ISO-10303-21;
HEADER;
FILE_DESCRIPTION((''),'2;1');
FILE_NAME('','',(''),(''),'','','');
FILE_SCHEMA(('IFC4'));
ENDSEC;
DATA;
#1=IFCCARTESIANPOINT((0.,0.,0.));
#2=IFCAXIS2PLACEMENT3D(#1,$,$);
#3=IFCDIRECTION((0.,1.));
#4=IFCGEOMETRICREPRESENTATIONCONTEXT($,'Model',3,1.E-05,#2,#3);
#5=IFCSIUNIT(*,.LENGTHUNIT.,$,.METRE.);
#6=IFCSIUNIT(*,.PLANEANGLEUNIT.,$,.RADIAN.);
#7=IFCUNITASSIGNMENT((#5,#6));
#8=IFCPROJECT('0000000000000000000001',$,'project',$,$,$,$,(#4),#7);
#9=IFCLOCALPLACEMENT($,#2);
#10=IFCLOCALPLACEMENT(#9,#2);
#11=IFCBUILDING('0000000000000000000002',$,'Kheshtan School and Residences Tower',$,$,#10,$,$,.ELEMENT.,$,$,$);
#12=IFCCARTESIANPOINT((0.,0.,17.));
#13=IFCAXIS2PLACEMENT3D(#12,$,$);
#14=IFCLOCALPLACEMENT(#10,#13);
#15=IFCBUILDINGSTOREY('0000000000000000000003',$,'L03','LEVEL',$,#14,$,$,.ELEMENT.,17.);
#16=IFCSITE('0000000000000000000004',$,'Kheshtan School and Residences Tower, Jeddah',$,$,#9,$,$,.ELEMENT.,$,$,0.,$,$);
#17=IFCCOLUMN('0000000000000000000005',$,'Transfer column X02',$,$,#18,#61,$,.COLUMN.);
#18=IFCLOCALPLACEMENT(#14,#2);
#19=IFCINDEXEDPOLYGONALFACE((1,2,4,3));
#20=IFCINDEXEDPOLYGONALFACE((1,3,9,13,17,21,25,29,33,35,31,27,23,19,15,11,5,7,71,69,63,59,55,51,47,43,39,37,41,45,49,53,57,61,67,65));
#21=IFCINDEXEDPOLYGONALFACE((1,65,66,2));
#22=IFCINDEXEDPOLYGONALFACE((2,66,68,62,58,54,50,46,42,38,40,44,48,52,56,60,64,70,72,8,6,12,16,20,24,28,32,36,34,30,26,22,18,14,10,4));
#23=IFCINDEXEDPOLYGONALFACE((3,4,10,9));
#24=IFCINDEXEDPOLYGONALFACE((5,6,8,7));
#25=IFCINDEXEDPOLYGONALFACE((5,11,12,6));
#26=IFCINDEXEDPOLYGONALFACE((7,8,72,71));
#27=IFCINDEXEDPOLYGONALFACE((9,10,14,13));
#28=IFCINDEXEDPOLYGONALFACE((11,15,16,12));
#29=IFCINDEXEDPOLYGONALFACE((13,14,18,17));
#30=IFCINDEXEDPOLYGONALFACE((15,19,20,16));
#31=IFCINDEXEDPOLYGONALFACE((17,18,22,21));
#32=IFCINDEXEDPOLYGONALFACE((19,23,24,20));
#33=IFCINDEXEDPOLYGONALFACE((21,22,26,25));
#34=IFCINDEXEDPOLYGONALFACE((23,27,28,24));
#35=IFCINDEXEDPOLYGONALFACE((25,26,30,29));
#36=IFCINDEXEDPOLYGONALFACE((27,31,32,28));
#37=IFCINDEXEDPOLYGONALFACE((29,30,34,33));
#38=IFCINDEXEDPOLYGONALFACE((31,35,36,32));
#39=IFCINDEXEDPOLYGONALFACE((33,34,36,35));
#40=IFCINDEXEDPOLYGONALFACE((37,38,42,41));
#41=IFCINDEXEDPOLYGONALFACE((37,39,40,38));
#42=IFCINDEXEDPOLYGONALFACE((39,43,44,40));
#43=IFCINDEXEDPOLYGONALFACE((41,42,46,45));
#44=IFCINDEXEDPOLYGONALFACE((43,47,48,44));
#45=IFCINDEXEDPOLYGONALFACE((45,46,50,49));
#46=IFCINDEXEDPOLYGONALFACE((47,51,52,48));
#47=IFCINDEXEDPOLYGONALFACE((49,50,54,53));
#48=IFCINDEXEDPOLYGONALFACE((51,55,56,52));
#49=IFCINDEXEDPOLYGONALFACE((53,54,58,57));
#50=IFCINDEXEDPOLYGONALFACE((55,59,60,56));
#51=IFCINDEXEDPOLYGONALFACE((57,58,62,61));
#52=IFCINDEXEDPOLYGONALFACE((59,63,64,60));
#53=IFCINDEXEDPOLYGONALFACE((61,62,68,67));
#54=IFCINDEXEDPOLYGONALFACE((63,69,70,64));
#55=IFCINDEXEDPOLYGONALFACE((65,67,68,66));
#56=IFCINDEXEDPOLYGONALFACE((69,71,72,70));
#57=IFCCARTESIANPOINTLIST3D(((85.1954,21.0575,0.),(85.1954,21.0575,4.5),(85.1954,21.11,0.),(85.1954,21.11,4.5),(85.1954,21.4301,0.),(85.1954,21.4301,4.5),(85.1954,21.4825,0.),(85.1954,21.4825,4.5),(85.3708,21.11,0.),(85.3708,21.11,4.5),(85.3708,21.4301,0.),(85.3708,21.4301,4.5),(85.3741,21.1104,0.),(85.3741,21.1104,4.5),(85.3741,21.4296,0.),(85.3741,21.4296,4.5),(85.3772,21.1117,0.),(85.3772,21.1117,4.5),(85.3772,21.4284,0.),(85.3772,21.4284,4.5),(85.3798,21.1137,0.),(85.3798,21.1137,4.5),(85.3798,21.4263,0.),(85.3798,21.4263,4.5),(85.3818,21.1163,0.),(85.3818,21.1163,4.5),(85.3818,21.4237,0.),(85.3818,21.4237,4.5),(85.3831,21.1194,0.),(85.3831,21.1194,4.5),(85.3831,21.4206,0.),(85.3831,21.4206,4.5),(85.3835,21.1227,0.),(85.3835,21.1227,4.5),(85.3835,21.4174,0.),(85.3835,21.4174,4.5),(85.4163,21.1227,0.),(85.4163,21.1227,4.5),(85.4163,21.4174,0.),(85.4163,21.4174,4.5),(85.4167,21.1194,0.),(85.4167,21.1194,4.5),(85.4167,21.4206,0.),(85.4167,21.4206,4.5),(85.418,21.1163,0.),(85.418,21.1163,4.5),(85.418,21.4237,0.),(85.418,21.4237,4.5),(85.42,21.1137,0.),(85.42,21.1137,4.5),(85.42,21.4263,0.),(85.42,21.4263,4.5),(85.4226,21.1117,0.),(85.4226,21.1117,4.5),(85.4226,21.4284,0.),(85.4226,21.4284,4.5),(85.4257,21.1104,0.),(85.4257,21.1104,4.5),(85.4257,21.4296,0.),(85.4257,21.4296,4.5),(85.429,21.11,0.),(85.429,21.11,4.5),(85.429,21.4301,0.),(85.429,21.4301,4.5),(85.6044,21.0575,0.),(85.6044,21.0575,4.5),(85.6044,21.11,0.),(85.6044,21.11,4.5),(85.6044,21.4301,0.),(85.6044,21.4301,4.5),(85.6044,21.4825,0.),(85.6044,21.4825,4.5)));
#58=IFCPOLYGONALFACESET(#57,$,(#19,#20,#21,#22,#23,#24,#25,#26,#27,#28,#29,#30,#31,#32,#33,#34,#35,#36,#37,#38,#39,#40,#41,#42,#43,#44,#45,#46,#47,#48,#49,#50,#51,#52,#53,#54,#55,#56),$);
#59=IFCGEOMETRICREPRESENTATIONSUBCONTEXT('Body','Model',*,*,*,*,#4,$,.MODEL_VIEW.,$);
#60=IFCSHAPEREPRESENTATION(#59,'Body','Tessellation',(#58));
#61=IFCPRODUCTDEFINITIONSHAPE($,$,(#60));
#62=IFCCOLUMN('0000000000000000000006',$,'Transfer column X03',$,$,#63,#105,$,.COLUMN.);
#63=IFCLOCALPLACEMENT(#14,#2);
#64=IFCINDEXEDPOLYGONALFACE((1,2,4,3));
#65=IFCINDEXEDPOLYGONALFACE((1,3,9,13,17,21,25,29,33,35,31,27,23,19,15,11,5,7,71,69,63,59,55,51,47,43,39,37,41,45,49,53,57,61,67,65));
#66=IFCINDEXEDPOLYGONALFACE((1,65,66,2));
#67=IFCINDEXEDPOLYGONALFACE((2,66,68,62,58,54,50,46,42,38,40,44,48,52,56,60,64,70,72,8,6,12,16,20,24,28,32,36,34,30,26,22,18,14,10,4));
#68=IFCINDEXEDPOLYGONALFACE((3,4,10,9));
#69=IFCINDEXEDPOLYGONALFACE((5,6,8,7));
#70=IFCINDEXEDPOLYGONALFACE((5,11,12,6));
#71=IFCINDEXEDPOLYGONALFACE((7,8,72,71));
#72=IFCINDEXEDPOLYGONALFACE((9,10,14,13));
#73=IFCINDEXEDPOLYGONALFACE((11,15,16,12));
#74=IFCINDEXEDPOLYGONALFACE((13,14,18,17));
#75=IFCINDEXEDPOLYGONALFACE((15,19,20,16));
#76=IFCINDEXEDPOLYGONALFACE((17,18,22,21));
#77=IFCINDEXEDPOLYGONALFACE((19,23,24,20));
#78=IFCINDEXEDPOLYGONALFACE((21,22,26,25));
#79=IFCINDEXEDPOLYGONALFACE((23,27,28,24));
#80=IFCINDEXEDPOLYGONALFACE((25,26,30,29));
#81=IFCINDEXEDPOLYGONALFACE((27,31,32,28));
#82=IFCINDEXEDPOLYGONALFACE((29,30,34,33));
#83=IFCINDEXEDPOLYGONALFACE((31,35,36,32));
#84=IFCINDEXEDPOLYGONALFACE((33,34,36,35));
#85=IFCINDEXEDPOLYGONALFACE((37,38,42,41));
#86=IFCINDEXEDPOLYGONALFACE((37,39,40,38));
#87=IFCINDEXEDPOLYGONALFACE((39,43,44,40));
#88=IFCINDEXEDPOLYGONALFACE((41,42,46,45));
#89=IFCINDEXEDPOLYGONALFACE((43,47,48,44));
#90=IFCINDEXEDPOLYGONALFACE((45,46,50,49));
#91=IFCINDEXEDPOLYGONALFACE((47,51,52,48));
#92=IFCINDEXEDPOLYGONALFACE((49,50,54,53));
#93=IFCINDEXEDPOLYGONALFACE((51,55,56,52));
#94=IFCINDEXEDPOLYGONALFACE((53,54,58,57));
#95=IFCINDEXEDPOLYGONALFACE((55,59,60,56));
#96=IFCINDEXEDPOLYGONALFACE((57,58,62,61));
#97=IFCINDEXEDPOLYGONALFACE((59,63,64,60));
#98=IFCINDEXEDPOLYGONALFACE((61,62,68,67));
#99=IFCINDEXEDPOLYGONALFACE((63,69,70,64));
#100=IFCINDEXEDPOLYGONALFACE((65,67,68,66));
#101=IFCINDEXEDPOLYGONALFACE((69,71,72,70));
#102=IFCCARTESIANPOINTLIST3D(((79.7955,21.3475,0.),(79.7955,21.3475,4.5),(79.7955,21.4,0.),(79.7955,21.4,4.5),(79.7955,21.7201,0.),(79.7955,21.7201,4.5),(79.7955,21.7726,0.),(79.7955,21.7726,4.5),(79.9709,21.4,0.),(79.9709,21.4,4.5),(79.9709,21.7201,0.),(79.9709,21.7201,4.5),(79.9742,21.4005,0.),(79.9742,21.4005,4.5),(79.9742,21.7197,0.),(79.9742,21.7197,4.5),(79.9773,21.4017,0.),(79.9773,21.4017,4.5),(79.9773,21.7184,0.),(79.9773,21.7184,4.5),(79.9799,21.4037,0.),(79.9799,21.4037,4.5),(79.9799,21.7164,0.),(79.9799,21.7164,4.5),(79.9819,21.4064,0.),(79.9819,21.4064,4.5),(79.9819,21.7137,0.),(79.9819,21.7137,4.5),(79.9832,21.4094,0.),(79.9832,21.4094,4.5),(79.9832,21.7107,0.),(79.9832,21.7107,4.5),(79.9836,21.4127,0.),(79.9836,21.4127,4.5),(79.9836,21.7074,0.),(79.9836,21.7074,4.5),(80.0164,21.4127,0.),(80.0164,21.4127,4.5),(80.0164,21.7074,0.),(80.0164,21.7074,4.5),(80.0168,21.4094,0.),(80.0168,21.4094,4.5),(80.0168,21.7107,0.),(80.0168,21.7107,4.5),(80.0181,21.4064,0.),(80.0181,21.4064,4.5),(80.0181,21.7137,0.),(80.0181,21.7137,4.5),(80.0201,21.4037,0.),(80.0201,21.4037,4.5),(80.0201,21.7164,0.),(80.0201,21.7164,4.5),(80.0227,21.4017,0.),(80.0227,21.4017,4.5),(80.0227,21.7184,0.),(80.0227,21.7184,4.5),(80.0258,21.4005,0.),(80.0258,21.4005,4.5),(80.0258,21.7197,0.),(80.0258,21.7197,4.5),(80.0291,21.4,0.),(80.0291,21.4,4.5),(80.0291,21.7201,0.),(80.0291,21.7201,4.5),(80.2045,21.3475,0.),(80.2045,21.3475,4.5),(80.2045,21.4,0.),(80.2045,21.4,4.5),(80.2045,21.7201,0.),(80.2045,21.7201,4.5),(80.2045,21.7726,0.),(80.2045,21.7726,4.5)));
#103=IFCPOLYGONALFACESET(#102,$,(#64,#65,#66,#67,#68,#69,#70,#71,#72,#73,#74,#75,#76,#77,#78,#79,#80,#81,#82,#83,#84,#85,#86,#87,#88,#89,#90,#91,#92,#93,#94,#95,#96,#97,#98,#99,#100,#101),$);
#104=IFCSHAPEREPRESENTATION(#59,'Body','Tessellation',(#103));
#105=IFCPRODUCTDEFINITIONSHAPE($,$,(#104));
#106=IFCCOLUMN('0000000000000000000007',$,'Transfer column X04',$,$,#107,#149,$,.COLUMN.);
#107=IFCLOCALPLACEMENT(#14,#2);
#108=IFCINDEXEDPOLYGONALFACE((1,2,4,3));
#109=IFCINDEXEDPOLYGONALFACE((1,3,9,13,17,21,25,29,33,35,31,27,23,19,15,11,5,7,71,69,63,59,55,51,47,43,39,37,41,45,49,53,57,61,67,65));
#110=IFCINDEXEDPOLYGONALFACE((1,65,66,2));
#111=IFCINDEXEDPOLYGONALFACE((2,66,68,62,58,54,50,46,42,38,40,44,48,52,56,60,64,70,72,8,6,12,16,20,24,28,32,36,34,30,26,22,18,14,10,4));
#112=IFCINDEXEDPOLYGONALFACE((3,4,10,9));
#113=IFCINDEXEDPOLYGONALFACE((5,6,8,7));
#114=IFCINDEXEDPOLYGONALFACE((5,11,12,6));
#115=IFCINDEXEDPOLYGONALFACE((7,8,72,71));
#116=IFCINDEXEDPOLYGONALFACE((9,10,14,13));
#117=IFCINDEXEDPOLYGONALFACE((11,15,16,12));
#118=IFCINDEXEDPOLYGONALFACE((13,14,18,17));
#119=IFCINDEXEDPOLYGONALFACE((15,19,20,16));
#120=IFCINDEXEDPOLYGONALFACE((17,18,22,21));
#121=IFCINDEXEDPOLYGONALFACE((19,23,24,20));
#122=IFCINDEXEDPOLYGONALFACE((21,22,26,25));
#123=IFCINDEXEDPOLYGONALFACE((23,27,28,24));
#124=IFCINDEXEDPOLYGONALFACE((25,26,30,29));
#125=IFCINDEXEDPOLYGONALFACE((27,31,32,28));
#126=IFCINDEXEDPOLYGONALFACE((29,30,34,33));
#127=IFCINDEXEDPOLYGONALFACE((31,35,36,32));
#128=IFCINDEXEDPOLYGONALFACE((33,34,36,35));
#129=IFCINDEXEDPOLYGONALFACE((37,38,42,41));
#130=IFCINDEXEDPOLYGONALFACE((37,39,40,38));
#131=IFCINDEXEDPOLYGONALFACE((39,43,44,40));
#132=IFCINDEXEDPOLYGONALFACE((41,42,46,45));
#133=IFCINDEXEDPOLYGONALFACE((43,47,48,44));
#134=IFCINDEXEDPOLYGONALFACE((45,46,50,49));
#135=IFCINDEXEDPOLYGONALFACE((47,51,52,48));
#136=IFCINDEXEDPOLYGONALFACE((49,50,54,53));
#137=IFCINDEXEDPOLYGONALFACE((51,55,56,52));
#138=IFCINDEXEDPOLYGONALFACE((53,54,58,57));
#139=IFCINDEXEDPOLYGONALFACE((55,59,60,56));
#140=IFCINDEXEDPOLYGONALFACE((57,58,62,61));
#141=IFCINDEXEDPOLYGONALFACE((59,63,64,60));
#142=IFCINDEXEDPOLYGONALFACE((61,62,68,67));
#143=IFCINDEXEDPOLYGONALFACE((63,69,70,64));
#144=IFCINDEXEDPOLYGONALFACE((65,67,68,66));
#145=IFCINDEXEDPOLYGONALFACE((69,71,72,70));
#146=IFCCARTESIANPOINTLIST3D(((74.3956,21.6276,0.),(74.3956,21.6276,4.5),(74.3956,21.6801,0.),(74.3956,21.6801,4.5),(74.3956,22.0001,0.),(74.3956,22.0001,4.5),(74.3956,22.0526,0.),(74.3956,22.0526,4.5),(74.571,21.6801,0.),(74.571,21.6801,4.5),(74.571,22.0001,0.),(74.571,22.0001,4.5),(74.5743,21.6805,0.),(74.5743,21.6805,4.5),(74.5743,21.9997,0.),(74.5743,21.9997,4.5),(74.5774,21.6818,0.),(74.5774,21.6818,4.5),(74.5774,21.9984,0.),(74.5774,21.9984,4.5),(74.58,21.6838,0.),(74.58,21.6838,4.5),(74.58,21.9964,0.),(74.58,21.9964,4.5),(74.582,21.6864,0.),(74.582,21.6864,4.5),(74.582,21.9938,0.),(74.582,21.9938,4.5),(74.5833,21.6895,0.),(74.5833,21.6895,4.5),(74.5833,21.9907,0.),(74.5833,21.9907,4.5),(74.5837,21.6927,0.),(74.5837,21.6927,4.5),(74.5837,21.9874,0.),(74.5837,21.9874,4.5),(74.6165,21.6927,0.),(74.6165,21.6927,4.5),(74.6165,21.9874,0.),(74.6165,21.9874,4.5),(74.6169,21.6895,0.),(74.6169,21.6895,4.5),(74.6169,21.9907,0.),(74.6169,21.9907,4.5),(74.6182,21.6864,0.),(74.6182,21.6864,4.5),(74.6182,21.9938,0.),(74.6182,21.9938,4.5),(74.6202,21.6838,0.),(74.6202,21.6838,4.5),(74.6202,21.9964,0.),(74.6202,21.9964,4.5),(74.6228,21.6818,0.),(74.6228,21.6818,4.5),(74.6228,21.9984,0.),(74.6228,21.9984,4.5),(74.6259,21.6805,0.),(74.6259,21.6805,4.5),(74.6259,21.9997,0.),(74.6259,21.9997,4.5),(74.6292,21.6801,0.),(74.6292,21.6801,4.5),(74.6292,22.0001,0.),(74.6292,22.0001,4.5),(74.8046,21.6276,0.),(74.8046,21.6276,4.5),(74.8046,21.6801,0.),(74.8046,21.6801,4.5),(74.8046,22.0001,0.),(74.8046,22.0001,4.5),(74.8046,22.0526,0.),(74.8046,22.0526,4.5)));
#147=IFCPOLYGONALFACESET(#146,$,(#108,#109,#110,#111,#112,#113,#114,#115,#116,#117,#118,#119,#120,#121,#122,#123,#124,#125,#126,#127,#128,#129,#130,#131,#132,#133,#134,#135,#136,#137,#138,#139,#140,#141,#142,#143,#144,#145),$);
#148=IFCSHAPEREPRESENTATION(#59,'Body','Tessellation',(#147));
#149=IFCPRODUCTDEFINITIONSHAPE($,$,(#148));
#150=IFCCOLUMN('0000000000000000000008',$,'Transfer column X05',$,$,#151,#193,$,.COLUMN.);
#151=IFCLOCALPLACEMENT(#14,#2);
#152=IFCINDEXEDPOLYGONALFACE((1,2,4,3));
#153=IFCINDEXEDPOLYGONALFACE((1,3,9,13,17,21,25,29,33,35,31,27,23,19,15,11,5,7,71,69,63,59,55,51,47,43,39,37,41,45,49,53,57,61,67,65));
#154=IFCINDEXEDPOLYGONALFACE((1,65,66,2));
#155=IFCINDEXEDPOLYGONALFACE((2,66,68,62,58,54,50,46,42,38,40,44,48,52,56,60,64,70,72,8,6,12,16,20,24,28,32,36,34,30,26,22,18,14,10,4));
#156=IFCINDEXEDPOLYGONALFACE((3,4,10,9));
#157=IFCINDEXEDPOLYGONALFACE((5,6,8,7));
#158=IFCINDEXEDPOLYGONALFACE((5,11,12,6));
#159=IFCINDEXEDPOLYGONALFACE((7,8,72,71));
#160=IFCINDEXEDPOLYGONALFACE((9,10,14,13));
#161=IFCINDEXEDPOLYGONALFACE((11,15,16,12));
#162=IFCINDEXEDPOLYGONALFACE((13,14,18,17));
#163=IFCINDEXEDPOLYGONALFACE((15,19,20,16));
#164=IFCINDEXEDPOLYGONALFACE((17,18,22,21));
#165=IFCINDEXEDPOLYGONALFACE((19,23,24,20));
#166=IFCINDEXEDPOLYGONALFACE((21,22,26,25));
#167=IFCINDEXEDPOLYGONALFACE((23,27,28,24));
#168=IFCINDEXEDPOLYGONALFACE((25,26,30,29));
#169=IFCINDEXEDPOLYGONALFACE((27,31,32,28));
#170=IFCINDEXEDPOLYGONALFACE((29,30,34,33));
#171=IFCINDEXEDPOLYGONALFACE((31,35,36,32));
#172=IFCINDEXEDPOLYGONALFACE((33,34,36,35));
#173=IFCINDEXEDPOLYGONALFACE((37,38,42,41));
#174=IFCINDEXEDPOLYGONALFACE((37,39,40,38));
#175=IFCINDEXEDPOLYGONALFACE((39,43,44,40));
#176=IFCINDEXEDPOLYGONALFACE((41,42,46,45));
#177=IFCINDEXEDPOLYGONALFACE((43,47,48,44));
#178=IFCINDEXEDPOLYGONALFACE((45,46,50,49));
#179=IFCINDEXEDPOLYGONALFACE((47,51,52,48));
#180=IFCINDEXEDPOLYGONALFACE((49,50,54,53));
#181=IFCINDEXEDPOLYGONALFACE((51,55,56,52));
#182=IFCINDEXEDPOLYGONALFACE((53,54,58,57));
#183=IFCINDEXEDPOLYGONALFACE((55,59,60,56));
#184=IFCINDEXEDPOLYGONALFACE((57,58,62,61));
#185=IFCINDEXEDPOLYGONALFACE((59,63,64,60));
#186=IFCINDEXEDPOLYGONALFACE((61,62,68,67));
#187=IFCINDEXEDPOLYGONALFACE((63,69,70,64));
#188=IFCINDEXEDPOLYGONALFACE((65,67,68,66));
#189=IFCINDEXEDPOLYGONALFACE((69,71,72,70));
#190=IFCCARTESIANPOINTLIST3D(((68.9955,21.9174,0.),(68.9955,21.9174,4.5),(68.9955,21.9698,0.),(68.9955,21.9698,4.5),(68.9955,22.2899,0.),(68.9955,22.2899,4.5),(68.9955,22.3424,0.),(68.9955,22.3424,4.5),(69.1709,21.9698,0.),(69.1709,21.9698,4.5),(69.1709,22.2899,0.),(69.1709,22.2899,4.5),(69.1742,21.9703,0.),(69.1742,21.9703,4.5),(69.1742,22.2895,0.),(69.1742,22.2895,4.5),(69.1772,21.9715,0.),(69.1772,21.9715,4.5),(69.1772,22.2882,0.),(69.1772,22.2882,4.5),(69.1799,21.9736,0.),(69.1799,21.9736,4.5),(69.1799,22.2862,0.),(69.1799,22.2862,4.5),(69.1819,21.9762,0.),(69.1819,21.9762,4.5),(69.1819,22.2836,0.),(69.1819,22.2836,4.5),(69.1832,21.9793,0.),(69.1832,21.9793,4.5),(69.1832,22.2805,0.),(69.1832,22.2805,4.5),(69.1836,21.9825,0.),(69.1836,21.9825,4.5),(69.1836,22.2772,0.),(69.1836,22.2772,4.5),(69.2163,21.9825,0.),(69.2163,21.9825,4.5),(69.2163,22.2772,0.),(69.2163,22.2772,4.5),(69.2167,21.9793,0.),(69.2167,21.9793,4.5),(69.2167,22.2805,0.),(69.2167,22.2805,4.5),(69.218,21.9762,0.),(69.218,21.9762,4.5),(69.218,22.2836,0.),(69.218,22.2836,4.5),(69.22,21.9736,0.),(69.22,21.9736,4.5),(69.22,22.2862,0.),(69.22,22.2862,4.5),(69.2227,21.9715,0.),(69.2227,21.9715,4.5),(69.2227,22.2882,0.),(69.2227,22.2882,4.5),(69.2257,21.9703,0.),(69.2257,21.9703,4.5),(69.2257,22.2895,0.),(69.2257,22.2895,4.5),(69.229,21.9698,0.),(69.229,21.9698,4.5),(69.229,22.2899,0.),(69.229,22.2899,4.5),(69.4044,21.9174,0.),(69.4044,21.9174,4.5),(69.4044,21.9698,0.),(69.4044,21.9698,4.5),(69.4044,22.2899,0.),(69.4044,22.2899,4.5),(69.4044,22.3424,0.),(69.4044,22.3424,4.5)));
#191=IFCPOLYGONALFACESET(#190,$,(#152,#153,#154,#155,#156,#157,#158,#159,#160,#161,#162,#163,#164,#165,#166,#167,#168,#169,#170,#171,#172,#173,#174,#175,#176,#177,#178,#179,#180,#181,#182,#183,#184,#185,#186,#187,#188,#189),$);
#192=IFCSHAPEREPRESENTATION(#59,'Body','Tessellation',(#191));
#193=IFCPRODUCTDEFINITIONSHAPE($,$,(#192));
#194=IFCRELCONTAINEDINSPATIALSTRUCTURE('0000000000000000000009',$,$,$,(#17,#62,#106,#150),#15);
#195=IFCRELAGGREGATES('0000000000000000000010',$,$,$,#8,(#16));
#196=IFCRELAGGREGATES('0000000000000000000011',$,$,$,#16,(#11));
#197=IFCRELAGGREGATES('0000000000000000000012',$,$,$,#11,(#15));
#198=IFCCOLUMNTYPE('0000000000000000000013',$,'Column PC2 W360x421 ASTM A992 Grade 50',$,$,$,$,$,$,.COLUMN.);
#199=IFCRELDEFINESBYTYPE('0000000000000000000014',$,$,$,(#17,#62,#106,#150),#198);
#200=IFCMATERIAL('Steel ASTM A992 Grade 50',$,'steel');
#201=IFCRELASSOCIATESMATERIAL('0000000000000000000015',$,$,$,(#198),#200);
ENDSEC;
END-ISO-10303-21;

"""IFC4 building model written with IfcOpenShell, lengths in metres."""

from ifc_helpers import new_model, si_unit, direction, frame, origin, origin_2d, place, context, subcontext, project, spatial, i_section, extrude, material, material_profile, profile_set, type_object, element, save


model = new_model("IFC4")

# Units and contexts
model_context = context("Model", 3, precision=1e-05, world=origin(), true_north=direction((0.0, 1.0)))
body_context = subcontext(model_context, "Body", "Model", "MODEL_VIEW")
ifc_project = project(units=[si_unit("LENGTHUNIT", "METRE"), si_unit("PLANEANGLEUNIT", "RADIAN")], contexts=[model_context])

# Site, building, storey
site_placement = place(None, origin())
site = spatial("IfcSite", under=ifc_project, at=site_placement, Name="Kheshtan School and Residences Tower, Jeddah", CompositionType="ELEMENT", RefElevation=0.0)
building_placement = place(site_placement, origin())
building = spatial("IfcBuilding", under=site, at=building_placement, Name="Kheshtan School and Residences Tower", CompositionType="ELEMENT")
storey_placement = place(building_placement, frame((0.0, 0.0, 17.0)))
storey = spatial("IfcBuildingStorey", under=building, at=storey_placement, Name="L03", Description="LEVEL", CompositionType="ELEMENT", Elevation=17.0)

# Columns
ifc_material_1 = material(Name="Steel ASTM A992 Grade 50", Category="steel")
ifc_material_profile_1 = material_profile(ifc_material_1, i_section(OverallWidth=0.4089, OverallDepth=0.425, WebThickness=0.0327, FlangeThickness=0.0525, FilletRadius=0.0127, at=origin_2d()), Name="W360x421")
ifc_profile_set_1 = profile_set([ifc_material_profile_1], Name="Steel ASTM A992 Grade 50")
column_type = type_object("IfcColumnType", Name="Column PC2 W360x421 ASTM A992 Grade 50", PredefinedType="COLUMN", material=ifc_profile_set_1)
for number, where, z_axis, x_axis, name in (
    (1, (85.3999, 21.27, 0.0), (0.0, 0.0, 1.0), (1.0, 0.0, 0.0), "Transfer column X02"),
    (2, (80.0, 21.5601, 0.0), (0.0, 0.0, 1.0), (1.0, 0.0, 0.0), "Transfer column X03"),
    (3, (74.6001, 21.8401, 0.0), (0.0, 0.0, 1.0), (1.0, 0.0, 0.0), "Transfer column X04"),
    (4, (69.2, 22.1299, 0.0), (0.0, 0.0, 1.0), (1.0, 0.0, 0.0), "Transfer column X05"),
):
    element("IfcColumn", number, at=place(storey_placement, frame(where, z_axis=z_axis, x_axis=x_axis)), inside=storey, type_object=column_type, Name=name, PredefinedType="COLUMN", context=body_context, shape_type="SweptSolid", body=[
        extrude(i_section(OverallWidth=0.4089, OverallDepth=0.425, WebThickness=0.0327, FlangeThickness=0.0525, FilletRadius=0.0127, at=origin_2d()), origin(), (0.0, 0.0, 1.0), 4.5),
    ])

save(model, "model.ifc")
